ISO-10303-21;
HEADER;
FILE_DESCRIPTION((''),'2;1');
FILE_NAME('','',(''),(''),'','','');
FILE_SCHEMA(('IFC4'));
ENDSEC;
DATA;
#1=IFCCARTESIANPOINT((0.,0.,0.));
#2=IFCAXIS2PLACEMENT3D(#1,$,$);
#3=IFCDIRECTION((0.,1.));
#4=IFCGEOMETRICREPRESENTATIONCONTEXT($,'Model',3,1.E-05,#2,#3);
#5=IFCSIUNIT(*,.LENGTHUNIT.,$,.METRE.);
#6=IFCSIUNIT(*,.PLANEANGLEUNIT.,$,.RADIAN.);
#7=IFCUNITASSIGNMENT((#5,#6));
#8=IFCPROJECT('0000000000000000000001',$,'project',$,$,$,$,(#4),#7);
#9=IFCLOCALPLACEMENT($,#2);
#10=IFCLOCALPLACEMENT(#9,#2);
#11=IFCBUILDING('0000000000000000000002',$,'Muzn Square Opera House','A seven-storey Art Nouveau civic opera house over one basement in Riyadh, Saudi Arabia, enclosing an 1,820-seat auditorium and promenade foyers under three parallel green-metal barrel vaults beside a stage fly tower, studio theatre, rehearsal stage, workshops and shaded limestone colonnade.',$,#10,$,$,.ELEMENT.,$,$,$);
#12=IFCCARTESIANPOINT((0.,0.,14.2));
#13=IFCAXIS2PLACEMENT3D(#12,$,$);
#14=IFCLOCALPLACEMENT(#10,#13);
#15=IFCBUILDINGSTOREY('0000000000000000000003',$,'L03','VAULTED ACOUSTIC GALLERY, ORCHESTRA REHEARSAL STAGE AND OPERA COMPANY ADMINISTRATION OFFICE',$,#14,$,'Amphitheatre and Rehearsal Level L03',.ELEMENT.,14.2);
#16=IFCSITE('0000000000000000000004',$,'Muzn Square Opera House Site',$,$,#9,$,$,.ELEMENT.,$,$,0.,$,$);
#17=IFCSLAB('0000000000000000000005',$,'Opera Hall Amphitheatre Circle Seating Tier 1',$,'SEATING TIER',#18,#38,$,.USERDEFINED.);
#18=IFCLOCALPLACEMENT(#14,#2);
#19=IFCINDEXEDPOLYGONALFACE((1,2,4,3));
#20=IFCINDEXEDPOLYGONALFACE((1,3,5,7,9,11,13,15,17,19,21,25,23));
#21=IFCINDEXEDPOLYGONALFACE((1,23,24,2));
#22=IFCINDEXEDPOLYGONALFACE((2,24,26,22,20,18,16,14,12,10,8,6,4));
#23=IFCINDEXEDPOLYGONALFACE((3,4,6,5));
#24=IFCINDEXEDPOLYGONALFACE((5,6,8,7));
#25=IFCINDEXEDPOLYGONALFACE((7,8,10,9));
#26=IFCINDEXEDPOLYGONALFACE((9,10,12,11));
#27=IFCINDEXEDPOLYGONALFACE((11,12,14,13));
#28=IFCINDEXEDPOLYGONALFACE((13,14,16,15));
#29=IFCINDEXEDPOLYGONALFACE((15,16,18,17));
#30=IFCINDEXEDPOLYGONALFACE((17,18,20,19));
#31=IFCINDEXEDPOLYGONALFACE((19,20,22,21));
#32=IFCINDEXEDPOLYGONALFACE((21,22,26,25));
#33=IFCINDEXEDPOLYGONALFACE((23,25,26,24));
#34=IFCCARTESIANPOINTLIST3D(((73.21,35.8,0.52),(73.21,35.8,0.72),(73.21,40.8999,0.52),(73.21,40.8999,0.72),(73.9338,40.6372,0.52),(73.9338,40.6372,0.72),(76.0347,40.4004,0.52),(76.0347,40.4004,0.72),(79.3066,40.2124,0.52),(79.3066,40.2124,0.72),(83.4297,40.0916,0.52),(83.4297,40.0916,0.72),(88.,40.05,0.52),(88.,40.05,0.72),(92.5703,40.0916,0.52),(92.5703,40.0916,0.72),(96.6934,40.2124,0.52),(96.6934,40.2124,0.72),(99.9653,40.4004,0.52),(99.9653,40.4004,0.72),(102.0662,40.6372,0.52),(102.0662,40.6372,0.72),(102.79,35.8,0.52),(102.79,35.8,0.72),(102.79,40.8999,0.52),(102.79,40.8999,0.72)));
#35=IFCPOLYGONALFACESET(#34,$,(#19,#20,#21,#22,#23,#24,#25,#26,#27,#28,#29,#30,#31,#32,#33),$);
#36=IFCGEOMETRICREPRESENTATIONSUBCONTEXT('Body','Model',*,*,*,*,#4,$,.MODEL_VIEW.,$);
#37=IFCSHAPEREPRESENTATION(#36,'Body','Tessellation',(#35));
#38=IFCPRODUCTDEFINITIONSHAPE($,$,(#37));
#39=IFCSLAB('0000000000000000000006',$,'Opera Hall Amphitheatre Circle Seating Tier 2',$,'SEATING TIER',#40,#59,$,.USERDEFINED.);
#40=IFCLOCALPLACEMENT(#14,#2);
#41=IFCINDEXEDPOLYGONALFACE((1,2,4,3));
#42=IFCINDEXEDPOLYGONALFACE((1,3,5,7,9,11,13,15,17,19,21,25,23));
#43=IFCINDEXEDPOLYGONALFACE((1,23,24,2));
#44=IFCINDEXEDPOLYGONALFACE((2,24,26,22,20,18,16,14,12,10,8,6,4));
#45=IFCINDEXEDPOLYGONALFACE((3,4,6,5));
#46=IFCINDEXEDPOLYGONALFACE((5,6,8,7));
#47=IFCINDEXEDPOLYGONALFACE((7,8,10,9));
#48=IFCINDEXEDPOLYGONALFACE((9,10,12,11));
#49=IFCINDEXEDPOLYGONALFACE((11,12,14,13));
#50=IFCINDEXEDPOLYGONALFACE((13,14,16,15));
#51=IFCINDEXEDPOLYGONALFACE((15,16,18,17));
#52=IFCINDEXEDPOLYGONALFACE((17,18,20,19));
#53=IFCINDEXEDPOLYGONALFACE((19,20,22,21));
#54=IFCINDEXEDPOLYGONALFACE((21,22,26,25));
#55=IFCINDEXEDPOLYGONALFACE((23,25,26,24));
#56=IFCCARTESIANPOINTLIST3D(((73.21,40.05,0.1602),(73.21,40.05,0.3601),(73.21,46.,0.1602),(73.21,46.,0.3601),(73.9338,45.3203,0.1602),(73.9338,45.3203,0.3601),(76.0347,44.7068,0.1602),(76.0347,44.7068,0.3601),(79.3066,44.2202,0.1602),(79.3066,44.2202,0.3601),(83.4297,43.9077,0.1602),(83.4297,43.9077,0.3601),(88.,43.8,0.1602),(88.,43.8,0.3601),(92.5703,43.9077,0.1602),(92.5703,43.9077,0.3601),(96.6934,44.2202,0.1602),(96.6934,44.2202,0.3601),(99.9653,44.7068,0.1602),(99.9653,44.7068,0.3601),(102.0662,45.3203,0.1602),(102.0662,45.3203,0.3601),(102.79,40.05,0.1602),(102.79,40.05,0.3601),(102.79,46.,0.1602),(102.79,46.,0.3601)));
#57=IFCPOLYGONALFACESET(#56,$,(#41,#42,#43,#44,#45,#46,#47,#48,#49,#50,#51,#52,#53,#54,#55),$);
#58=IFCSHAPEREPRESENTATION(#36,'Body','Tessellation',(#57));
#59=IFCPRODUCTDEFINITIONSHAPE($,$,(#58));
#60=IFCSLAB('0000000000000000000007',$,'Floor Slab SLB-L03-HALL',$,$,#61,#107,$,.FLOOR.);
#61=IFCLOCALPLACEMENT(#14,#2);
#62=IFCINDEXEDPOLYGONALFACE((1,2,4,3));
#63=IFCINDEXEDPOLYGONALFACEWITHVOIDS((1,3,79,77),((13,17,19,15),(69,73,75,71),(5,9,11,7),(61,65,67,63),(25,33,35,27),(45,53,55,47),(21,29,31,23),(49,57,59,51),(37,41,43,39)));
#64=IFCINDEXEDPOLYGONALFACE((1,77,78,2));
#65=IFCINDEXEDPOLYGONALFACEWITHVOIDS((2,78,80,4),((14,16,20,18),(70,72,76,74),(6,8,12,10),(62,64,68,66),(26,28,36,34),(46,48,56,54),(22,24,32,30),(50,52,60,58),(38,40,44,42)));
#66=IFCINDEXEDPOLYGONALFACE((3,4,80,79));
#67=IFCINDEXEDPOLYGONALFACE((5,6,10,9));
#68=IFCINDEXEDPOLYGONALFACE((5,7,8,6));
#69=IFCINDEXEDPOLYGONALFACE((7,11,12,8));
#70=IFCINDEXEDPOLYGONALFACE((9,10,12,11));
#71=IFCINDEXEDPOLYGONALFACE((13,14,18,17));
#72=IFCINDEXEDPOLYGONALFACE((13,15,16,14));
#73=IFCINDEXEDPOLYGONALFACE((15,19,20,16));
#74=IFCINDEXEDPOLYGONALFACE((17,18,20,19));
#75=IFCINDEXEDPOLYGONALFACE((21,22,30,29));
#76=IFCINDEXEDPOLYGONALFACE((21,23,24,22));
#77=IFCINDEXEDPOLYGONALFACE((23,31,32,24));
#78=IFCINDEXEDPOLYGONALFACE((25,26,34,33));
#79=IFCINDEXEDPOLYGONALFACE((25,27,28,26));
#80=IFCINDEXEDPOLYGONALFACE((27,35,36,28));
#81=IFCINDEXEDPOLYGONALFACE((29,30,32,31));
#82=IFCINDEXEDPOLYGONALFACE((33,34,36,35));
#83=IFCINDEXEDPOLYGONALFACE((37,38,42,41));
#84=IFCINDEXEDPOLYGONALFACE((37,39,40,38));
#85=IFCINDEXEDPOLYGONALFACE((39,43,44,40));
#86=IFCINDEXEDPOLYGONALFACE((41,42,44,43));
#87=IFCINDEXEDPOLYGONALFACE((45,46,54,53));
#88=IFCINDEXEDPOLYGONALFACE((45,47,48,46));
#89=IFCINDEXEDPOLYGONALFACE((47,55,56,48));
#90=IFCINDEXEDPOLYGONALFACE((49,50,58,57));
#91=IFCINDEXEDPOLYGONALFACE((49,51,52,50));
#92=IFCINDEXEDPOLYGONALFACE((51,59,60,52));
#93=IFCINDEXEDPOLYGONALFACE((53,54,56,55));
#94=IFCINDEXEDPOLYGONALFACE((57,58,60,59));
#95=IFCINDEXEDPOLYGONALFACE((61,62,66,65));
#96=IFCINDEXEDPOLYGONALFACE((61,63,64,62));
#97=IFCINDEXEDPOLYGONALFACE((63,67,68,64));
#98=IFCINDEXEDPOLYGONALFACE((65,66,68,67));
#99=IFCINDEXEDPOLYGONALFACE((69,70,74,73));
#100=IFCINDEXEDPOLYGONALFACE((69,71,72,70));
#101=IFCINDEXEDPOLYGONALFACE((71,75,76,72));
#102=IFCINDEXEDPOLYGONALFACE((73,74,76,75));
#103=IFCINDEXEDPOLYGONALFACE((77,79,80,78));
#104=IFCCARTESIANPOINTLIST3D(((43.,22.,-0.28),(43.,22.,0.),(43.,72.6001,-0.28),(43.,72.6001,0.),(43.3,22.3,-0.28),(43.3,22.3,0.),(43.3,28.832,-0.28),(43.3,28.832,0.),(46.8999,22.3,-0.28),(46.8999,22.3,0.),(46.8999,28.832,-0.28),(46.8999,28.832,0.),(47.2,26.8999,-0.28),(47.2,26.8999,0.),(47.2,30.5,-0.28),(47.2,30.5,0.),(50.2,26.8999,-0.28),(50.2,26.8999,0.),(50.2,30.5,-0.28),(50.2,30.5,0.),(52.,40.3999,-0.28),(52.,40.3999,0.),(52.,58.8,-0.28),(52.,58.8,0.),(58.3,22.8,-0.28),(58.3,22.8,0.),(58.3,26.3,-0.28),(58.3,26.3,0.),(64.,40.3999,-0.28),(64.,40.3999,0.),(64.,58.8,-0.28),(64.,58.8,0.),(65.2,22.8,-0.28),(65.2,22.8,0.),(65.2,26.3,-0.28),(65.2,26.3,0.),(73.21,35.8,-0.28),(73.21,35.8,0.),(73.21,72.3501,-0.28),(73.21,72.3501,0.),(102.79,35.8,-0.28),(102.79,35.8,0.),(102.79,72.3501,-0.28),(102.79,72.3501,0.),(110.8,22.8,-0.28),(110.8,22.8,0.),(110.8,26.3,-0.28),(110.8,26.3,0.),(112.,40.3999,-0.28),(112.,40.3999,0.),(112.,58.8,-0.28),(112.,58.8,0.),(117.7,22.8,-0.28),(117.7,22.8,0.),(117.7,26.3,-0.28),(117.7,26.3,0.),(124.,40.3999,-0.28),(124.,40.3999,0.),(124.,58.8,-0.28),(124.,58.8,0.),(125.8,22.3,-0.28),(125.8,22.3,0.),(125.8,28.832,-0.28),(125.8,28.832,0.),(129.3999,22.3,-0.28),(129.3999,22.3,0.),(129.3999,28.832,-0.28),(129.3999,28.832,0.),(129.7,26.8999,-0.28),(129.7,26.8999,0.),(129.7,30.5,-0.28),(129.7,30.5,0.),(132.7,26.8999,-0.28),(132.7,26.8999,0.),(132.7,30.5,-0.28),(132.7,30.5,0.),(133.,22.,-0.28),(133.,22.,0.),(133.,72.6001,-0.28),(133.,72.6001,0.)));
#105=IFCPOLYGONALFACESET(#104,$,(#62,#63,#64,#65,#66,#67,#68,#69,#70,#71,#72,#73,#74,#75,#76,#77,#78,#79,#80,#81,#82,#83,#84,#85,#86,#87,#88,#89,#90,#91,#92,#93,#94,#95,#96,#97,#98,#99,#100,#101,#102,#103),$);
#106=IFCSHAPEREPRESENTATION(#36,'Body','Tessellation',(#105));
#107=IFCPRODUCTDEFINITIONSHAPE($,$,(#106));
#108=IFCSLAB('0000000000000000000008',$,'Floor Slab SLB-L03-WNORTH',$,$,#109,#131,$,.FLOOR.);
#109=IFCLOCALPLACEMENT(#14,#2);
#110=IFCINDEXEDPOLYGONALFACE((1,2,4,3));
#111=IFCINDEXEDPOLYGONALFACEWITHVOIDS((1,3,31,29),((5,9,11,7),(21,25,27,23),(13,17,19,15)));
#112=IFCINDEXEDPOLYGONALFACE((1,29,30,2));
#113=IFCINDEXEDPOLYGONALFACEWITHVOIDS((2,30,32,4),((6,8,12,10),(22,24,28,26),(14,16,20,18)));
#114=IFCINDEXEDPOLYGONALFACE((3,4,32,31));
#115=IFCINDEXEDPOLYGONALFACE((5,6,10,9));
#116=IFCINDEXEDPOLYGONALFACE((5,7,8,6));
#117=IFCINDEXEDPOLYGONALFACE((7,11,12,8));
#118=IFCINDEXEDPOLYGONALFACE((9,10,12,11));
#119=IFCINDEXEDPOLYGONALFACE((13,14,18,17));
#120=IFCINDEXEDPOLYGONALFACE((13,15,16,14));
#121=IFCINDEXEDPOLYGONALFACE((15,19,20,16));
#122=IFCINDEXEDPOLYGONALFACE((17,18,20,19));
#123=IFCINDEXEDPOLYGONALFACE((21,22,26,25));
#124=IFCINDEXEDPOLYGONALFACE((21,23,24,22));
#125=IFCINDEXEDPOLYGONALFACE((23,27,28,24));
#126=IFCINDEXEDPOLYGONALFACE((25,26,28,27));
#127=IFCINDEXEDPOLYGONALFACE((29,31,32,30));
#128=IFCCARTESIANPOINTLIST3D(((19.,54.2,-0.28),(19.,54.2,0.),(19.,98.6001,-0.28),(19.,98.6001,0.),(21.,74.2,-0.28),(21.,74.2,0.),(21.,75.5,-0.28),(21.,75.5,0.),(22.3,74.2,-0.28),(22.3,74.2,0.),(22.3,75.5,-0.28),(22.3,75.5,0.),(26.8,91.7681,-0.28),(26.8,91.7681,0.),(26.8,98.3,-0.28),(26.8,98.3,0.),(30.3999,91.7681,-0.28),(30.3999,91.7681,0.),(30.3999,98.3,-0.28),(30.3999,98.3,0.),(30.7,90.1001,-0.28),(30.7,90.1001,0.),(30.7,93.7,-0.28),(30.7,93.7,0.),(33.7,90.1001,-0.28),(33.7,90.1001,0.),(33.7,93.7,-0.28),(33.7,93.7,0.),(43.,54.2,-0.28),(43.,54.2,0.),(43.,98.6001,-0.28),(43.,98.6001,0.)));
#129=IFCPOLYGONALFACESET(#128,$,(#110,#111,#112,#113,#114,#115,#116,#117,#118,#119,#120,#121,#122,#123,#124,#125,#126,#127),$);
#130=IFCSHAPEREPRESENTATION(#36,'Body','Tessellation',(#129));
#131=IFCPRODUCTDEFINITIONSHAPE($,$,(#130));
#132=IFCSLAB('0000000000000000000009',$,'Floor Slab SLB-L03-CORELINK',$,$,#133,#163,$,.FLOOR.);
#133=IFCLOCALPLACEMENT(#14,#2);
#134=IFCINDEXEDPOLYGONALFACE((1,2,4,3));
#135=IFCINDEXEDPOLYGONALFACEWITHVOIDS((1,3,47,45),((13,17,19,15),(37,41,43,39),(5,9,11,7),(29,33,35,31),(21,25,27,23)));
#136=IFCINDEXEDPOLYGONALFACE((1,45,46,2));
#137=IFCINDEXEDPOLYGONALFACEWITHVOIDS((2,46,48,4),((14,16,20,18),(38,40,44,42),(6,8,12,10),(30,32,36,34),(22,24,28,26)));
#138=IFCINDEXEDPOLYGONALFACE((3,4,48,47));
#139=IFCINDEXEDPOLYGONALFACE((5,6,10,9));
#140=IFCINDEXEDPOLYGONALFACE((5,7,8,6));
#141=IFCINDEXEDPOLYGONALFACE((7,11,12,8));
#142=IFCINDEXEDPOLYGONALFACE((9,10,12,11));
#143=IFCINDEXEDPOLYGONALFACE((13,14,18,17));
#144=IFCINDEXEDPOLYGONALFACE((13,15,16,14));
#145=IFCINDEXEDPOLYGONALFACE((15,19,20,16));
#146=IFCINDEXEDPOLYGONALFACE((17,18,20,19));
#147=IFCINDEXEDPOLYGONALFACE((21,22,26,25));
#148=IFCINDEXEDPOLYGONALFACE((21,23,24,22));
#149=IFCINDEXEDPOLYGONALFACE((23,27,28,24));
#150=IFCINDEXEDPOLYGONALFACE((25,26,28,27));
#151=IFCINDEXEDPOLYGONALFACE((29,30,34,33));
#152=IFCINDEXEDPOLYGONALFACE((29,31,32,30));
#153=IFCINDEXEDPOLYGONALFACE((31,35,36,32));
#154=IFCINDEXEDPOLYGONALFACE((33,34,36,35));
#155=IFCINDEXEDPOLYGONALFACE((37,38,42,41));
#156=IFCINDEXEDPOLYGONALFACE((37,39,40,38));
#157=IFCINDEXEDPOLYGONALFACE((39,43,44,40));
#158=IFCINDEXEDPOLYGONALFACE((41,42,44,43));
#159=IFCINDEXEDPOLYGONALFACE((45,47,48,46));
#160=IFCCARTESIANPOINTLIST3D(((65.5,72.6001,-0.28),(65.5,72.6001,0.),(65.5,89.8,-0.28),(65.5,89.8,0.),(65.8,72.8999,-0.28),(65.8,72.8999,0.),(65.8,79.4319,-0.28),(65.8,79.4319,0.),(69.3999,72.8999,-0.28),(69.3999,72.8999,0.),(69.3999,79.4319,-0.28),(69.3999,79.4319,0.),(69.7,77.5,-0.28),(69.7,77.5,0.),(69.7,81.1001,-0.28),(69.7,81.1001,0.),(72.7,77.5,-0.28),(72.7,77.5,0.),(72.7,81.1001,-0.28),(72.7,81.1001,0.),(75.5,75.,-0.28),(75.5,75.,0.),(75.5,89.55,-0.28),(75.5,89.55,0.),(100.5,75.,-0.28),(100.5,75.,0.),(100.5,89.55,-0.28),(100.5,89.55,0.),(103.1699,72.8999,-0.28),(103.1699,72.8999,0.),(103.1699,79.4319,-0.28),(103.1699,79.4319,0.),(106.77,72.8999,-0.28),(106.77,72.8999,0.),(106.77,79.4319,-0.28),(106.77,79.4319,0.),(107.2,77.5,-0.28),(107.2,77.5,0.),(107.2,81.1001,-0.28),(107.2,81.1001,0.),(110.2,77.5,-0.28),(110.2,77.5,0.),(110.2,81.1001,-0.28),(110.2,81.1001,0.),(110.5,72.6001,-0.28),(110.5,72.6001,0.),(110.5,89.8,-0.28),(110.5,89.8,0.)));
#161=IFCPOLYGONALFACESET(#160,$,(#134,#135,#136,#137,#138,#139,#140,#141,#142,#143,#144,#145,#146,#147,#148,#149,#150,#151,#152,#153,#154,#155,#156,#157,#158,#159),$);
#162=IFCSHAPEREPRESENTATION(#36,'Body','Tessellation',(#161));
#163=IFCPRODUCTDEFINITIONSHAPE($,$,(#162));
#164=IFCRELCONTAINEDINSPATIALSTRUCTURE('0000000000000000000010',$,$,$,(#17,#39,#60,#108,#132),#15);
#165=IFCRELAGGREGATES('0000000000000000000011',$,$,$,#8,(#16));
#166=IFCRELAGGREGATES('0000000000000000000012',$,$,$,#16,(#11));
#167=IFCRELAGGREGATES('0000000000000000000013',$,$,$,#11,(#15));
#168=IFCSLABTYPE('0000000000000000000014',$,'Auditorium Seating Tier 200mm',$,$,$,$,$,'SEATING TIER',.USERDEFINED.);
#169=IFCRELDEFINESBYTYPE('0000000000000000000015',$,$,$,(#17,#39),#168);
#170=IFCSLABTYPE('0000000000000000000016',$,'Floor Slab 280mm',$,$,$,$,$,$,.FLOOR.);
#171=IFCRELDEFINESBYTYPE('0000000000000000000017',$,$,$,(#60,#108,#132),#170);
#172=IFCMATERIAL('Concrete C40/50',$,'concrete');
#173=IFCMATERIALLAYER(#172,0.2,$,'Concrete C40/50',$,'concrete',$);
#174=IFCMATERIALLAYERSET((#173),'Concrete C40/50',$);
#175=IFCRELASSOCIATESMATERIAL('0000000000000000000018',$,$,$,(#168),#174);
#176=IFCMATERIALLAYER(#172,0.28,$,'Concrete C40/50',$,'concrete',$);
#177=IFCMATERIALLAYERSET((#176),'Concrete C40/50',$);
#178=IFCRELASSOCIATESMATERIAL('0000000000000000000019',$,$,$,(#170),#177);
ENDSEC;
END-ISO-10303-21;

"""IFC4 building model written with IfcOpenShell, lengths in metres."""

from ifc_helpers import new_model, si_unit, direction, frame, origin, place, context, subcontext, project, spatial, polyline, outline, extrude, material, layer, layer_set, type_object, element, save


model = new_model("IFC4")

# Units and contexts
model_context = context("Model", 3, precision=1e-05, world=origin(), true_north=direction((0.0, 1.0)))
body_context = subcontext(model_context, "Body", "Model", "MODEL_VIEW")
ifc_project = project(units=[si_unit("LENGTHUNIT", "METRE"), si_unit("PLANEANGLEUNIT", "RADIAN")], contexts=[model_context])

# Site, building, storey
site_placement = place(None, origin())
site = spatial("IfcSite", under=ifc_project, at=site_placement, Name="Muzn Square Opera House Site", CompositionType="ELEMENT", RefElevation=0.0)
building_placement = place(site_placement, origin())
building = spatial("IfcBuilding", under=site, at=building_placement, Name="Muzn Square Opera House", Description="A seven-storey Art Nouveau civic opera house over one basement in Riyadh, Saudi Arabia, enclosing an 1,820-seat auditorium and promenade foyers under three parallel green-metal barrel vaults beside a stage fly tower, studio theatre, rehearsal stage, workshops and shaded limestone colonnade.", CompositionType="ELEMENT")
storey_placement = place(building_placement, frame((0.0, 0.0, 14.2)))
storey = spatial("IfcBuildingStorey", under=building, at=storey_placement, Name="L03", Description="VAULTED ACOUSTIC GALLERY, ORCHESTRA REHEARSAL STAGE AND OPERA COMPANY ADMINISTRATION OFFICE", LongName="Amphitheatre and Rehearsal Level L03", CompositionType="ELEMENT", Elevation=14.2)

# Slabs
ifc_material_1 = material(Name="Concrete C40/50", Category="concrete")
ifc_layer_1 = layer(ifc_material_1, 0.2, Name="Concrete C40/50", Category="concrete")
ifc_layer_set_1 = layer_set([ifc_layer_1], Name="Concrete C40/50")
slab_type_1 = type_object("IfcSlabType", Name="Auditorium Seating Tier 200mm", ElementType="SEATING TIER", PredefinedType="USERDEFINED", material=ifc_layer_set_1)
slab_1_placement = place(storey_placement, frame((0.0, 0.0, 0.52)))
element("IfcSlab", 1, at=slab_1_placement, inside=storey, type_object=slab_type_1, Name="Opera Hall Amphitheatre Circle Seating Tier 1", ObjectType="SEATING TIER", PredefinedType="USERDEFINED", context=body_context, shape_type="SweptSolid", body=[
    extrude(outline(polyline([(73.21, 35.8), (102.79, 35.8), (102.79, 40.8999), (102.0662, 40.6372), (99.9653, 40.4004), (96.6934, 40.2124), (92.5703, 40.0916), (88.0, 40.05), (83.4297, 40.0916), (79.3066, 40.2124), (76.0347, 40.4004), (73.9338, 40.6372), (73.21, 40.8999), (73.21, 35.8)])), origin(), (0.0, 0.0, 1.0), 0.2),
])
slab_2_placement = place(storey_placement, frame((0.0, 0.0, 0.1602)))
element("IfcSlab", 2, at=slab_2_placement, inside=storey, type_object=slab_type_1, Name="Opera Hall Amphitheatre Circle Seating Tier 2", ObjectType="SEATING TIER", PredefinedType="USERDEFINED", context=body_context, shape_type="SweptSolid", body=[
    extrude(outline(polyline([(73.21, 40.05), (102.79, 40.05), (102.79, 46.0), (102.0662, 45.3203), (99.9653, 44.7068), (96.6934, 44.2202), (92.5703, 43.9077), (88.0, 43.8), (83.4297, 43.9077), (79.3066, 44.2202), (76.0347, 44.7068), (73.9338, 45.3203), (73.21, 46.0), (73.21, 40.05)])), origin(), (0.0, 0.0, 1.0), 0.2),
])
ifc_layer_2 = layer(ifc_material_1, 0.28, Name="Concrete C40/50", Category="concrete")
ifc_layer_set_2 = layer_set([ifc_layer_2], Name="Concrete C40/50")
slab_type_2 = type_object("IfcSlabType", Name="Floor Slab 280mm", PredefinedType="FLOOR", material=ifc_layer_set_2)
slab_3_placement = place(storey_placement, frame((0.0, 0.0, -0.28)))
element("IfcSlab", 3, at=slab_3_placement, inside=storey, type_object=slab_type_2, Name="Floor Slab SLB-L03-HALL", PredefinedType="FLOOR", context=body_context, shape_type="SweptSolid", body=[
    extrude(outline(polyline([(43.0, 22.0), (133.0, 22.0), (133.0, 72.6001), (43.0, 72.6001), (43.0, 22.0)]), holes=[polyline([(73.21, 35.8), (102.79, 35.8), (102.79, 72.3501), (73.21, 72.3501), (73.21, 35.8)]), polyline([(52.0, 40.3999), (64.0, 40.3999), (64.0, 58.8), (52.0, 58.8), (52.0, 40.3999)]), polyline([(112.0, 40.3999), (124.0, 40.3999), (124.0, 58.8), (112.0, 58.8), (112.0, 40.3999)]), polyline([(43.3, 22.3), (46.8999, 22.3), (46.8999, 28.832), (43.3, 28.832), (43.3, 22.3)]), polyline([(47.2, 26.8999), (50.2, 26.8999), (50.2, 30.5), (47.2, 30.5), (47.2, 26.8999)]), polyline([(125.8, 22.3), (129.3999, 22.3), (129.3999, 28.832), (125.8, 28.832), (125.8, 22.3)]), polyline([(129.7, 26.8999), (132.7, 26.8999), (132.7, 30.5), (129.7, 30.5), (129.7, 26.8999)]), polyline([(58.3, 22.8), (65.2, 22.8), (65.2, 26.3), (58.3, 26.3), (58.3, 22.8)]), polyline([(110.8, 22.8), (117.7, 22.8), (117.7, 26.3), (110.8, 26.3), (110.8, 22.8)])]), origin(), (0.0, 0.0, 1.0), 0.28),
])
slab_4_placement = place(storey_placement, frame((0.0, 0.0, -0.28)))
element("IfcSlab", 4, at=slab_4_placement, inside=storey, type_object=slab_type_2, Name="Floor Slab SLB-L03-WNORTH", PredefinedType="FLOOR", context=body_context, shape_type="SweptSolid", body=[
    extrude(outline(polyline([(19.0, 54.2), (43.0, 54.2), (43.0, 98.6001), (19.0, 98.6001), (19.0, 54.2)]), holes=[polyline([(26.8, 91.7681), (30.3999, 91.7681), (30.3999, 98.3), (26.8, 98.3), (26.8, 91.7681)]), polyline([(30.7, 90.1001), (33.7, 90.1001), (33.7, 93.7), (30.7, 93.7), (30.7, 90.1001)]), polyline([(21.0, 74.2), (22.3, 74.2), (22.3, 75.5), (21.0, 75.5), (21.0, 74.2)])]), origin(), (0.0, 0.0, 1.0), 0.28),
])
slab_5_placement = place(storey_placement, frame((0.0, 0.0, -0.28)))
element("IfcSlab", 5, at=slab_5_placement, inside=storey, type_object=slab_type_2, Name="Floor Slab SLB-L03-CORELINK", PredefinedType="FLOOR", context=body_context, shape_type="SweptSolid", body=[
    extrude(outline(polyline([(65.5, 72.6001), (110.5, 72.6001), (110.5, 89.8), (65.5, 89.8), (65.5, 72.6001)]), holes=[polyline([(75.5, 75.0), (100.5, 75.0), (100.5, 89.55), (75.5, 89.55), (75.5, 75.0)]), polyline([(65.8, 72.8999), (69.3999, 72.8999), (69.3999, 79.4319), (65.8, 79.4319), (65.8, 72.8999)]), polyline([(69.7, 77.5), (72.7, 77.5), (72.7, 81.1001), (69.7, 81.1001), (69.7, 77.5)]), polyline([(103.1699, 72.8999), (106.77, 72.8999), (106.77, 79.4319), (103.1699, 79.4319), (103.1699, 72.8999)]), polyline([(107.2, 77.5), (110.2, 77.5), (110.2, 81.1001), (107.2, 81.1001), (107.2, 77.5)])]), origin(), (0.0, 0.0, 1.0), 0.28),
])

save(model, "model.ifc")
